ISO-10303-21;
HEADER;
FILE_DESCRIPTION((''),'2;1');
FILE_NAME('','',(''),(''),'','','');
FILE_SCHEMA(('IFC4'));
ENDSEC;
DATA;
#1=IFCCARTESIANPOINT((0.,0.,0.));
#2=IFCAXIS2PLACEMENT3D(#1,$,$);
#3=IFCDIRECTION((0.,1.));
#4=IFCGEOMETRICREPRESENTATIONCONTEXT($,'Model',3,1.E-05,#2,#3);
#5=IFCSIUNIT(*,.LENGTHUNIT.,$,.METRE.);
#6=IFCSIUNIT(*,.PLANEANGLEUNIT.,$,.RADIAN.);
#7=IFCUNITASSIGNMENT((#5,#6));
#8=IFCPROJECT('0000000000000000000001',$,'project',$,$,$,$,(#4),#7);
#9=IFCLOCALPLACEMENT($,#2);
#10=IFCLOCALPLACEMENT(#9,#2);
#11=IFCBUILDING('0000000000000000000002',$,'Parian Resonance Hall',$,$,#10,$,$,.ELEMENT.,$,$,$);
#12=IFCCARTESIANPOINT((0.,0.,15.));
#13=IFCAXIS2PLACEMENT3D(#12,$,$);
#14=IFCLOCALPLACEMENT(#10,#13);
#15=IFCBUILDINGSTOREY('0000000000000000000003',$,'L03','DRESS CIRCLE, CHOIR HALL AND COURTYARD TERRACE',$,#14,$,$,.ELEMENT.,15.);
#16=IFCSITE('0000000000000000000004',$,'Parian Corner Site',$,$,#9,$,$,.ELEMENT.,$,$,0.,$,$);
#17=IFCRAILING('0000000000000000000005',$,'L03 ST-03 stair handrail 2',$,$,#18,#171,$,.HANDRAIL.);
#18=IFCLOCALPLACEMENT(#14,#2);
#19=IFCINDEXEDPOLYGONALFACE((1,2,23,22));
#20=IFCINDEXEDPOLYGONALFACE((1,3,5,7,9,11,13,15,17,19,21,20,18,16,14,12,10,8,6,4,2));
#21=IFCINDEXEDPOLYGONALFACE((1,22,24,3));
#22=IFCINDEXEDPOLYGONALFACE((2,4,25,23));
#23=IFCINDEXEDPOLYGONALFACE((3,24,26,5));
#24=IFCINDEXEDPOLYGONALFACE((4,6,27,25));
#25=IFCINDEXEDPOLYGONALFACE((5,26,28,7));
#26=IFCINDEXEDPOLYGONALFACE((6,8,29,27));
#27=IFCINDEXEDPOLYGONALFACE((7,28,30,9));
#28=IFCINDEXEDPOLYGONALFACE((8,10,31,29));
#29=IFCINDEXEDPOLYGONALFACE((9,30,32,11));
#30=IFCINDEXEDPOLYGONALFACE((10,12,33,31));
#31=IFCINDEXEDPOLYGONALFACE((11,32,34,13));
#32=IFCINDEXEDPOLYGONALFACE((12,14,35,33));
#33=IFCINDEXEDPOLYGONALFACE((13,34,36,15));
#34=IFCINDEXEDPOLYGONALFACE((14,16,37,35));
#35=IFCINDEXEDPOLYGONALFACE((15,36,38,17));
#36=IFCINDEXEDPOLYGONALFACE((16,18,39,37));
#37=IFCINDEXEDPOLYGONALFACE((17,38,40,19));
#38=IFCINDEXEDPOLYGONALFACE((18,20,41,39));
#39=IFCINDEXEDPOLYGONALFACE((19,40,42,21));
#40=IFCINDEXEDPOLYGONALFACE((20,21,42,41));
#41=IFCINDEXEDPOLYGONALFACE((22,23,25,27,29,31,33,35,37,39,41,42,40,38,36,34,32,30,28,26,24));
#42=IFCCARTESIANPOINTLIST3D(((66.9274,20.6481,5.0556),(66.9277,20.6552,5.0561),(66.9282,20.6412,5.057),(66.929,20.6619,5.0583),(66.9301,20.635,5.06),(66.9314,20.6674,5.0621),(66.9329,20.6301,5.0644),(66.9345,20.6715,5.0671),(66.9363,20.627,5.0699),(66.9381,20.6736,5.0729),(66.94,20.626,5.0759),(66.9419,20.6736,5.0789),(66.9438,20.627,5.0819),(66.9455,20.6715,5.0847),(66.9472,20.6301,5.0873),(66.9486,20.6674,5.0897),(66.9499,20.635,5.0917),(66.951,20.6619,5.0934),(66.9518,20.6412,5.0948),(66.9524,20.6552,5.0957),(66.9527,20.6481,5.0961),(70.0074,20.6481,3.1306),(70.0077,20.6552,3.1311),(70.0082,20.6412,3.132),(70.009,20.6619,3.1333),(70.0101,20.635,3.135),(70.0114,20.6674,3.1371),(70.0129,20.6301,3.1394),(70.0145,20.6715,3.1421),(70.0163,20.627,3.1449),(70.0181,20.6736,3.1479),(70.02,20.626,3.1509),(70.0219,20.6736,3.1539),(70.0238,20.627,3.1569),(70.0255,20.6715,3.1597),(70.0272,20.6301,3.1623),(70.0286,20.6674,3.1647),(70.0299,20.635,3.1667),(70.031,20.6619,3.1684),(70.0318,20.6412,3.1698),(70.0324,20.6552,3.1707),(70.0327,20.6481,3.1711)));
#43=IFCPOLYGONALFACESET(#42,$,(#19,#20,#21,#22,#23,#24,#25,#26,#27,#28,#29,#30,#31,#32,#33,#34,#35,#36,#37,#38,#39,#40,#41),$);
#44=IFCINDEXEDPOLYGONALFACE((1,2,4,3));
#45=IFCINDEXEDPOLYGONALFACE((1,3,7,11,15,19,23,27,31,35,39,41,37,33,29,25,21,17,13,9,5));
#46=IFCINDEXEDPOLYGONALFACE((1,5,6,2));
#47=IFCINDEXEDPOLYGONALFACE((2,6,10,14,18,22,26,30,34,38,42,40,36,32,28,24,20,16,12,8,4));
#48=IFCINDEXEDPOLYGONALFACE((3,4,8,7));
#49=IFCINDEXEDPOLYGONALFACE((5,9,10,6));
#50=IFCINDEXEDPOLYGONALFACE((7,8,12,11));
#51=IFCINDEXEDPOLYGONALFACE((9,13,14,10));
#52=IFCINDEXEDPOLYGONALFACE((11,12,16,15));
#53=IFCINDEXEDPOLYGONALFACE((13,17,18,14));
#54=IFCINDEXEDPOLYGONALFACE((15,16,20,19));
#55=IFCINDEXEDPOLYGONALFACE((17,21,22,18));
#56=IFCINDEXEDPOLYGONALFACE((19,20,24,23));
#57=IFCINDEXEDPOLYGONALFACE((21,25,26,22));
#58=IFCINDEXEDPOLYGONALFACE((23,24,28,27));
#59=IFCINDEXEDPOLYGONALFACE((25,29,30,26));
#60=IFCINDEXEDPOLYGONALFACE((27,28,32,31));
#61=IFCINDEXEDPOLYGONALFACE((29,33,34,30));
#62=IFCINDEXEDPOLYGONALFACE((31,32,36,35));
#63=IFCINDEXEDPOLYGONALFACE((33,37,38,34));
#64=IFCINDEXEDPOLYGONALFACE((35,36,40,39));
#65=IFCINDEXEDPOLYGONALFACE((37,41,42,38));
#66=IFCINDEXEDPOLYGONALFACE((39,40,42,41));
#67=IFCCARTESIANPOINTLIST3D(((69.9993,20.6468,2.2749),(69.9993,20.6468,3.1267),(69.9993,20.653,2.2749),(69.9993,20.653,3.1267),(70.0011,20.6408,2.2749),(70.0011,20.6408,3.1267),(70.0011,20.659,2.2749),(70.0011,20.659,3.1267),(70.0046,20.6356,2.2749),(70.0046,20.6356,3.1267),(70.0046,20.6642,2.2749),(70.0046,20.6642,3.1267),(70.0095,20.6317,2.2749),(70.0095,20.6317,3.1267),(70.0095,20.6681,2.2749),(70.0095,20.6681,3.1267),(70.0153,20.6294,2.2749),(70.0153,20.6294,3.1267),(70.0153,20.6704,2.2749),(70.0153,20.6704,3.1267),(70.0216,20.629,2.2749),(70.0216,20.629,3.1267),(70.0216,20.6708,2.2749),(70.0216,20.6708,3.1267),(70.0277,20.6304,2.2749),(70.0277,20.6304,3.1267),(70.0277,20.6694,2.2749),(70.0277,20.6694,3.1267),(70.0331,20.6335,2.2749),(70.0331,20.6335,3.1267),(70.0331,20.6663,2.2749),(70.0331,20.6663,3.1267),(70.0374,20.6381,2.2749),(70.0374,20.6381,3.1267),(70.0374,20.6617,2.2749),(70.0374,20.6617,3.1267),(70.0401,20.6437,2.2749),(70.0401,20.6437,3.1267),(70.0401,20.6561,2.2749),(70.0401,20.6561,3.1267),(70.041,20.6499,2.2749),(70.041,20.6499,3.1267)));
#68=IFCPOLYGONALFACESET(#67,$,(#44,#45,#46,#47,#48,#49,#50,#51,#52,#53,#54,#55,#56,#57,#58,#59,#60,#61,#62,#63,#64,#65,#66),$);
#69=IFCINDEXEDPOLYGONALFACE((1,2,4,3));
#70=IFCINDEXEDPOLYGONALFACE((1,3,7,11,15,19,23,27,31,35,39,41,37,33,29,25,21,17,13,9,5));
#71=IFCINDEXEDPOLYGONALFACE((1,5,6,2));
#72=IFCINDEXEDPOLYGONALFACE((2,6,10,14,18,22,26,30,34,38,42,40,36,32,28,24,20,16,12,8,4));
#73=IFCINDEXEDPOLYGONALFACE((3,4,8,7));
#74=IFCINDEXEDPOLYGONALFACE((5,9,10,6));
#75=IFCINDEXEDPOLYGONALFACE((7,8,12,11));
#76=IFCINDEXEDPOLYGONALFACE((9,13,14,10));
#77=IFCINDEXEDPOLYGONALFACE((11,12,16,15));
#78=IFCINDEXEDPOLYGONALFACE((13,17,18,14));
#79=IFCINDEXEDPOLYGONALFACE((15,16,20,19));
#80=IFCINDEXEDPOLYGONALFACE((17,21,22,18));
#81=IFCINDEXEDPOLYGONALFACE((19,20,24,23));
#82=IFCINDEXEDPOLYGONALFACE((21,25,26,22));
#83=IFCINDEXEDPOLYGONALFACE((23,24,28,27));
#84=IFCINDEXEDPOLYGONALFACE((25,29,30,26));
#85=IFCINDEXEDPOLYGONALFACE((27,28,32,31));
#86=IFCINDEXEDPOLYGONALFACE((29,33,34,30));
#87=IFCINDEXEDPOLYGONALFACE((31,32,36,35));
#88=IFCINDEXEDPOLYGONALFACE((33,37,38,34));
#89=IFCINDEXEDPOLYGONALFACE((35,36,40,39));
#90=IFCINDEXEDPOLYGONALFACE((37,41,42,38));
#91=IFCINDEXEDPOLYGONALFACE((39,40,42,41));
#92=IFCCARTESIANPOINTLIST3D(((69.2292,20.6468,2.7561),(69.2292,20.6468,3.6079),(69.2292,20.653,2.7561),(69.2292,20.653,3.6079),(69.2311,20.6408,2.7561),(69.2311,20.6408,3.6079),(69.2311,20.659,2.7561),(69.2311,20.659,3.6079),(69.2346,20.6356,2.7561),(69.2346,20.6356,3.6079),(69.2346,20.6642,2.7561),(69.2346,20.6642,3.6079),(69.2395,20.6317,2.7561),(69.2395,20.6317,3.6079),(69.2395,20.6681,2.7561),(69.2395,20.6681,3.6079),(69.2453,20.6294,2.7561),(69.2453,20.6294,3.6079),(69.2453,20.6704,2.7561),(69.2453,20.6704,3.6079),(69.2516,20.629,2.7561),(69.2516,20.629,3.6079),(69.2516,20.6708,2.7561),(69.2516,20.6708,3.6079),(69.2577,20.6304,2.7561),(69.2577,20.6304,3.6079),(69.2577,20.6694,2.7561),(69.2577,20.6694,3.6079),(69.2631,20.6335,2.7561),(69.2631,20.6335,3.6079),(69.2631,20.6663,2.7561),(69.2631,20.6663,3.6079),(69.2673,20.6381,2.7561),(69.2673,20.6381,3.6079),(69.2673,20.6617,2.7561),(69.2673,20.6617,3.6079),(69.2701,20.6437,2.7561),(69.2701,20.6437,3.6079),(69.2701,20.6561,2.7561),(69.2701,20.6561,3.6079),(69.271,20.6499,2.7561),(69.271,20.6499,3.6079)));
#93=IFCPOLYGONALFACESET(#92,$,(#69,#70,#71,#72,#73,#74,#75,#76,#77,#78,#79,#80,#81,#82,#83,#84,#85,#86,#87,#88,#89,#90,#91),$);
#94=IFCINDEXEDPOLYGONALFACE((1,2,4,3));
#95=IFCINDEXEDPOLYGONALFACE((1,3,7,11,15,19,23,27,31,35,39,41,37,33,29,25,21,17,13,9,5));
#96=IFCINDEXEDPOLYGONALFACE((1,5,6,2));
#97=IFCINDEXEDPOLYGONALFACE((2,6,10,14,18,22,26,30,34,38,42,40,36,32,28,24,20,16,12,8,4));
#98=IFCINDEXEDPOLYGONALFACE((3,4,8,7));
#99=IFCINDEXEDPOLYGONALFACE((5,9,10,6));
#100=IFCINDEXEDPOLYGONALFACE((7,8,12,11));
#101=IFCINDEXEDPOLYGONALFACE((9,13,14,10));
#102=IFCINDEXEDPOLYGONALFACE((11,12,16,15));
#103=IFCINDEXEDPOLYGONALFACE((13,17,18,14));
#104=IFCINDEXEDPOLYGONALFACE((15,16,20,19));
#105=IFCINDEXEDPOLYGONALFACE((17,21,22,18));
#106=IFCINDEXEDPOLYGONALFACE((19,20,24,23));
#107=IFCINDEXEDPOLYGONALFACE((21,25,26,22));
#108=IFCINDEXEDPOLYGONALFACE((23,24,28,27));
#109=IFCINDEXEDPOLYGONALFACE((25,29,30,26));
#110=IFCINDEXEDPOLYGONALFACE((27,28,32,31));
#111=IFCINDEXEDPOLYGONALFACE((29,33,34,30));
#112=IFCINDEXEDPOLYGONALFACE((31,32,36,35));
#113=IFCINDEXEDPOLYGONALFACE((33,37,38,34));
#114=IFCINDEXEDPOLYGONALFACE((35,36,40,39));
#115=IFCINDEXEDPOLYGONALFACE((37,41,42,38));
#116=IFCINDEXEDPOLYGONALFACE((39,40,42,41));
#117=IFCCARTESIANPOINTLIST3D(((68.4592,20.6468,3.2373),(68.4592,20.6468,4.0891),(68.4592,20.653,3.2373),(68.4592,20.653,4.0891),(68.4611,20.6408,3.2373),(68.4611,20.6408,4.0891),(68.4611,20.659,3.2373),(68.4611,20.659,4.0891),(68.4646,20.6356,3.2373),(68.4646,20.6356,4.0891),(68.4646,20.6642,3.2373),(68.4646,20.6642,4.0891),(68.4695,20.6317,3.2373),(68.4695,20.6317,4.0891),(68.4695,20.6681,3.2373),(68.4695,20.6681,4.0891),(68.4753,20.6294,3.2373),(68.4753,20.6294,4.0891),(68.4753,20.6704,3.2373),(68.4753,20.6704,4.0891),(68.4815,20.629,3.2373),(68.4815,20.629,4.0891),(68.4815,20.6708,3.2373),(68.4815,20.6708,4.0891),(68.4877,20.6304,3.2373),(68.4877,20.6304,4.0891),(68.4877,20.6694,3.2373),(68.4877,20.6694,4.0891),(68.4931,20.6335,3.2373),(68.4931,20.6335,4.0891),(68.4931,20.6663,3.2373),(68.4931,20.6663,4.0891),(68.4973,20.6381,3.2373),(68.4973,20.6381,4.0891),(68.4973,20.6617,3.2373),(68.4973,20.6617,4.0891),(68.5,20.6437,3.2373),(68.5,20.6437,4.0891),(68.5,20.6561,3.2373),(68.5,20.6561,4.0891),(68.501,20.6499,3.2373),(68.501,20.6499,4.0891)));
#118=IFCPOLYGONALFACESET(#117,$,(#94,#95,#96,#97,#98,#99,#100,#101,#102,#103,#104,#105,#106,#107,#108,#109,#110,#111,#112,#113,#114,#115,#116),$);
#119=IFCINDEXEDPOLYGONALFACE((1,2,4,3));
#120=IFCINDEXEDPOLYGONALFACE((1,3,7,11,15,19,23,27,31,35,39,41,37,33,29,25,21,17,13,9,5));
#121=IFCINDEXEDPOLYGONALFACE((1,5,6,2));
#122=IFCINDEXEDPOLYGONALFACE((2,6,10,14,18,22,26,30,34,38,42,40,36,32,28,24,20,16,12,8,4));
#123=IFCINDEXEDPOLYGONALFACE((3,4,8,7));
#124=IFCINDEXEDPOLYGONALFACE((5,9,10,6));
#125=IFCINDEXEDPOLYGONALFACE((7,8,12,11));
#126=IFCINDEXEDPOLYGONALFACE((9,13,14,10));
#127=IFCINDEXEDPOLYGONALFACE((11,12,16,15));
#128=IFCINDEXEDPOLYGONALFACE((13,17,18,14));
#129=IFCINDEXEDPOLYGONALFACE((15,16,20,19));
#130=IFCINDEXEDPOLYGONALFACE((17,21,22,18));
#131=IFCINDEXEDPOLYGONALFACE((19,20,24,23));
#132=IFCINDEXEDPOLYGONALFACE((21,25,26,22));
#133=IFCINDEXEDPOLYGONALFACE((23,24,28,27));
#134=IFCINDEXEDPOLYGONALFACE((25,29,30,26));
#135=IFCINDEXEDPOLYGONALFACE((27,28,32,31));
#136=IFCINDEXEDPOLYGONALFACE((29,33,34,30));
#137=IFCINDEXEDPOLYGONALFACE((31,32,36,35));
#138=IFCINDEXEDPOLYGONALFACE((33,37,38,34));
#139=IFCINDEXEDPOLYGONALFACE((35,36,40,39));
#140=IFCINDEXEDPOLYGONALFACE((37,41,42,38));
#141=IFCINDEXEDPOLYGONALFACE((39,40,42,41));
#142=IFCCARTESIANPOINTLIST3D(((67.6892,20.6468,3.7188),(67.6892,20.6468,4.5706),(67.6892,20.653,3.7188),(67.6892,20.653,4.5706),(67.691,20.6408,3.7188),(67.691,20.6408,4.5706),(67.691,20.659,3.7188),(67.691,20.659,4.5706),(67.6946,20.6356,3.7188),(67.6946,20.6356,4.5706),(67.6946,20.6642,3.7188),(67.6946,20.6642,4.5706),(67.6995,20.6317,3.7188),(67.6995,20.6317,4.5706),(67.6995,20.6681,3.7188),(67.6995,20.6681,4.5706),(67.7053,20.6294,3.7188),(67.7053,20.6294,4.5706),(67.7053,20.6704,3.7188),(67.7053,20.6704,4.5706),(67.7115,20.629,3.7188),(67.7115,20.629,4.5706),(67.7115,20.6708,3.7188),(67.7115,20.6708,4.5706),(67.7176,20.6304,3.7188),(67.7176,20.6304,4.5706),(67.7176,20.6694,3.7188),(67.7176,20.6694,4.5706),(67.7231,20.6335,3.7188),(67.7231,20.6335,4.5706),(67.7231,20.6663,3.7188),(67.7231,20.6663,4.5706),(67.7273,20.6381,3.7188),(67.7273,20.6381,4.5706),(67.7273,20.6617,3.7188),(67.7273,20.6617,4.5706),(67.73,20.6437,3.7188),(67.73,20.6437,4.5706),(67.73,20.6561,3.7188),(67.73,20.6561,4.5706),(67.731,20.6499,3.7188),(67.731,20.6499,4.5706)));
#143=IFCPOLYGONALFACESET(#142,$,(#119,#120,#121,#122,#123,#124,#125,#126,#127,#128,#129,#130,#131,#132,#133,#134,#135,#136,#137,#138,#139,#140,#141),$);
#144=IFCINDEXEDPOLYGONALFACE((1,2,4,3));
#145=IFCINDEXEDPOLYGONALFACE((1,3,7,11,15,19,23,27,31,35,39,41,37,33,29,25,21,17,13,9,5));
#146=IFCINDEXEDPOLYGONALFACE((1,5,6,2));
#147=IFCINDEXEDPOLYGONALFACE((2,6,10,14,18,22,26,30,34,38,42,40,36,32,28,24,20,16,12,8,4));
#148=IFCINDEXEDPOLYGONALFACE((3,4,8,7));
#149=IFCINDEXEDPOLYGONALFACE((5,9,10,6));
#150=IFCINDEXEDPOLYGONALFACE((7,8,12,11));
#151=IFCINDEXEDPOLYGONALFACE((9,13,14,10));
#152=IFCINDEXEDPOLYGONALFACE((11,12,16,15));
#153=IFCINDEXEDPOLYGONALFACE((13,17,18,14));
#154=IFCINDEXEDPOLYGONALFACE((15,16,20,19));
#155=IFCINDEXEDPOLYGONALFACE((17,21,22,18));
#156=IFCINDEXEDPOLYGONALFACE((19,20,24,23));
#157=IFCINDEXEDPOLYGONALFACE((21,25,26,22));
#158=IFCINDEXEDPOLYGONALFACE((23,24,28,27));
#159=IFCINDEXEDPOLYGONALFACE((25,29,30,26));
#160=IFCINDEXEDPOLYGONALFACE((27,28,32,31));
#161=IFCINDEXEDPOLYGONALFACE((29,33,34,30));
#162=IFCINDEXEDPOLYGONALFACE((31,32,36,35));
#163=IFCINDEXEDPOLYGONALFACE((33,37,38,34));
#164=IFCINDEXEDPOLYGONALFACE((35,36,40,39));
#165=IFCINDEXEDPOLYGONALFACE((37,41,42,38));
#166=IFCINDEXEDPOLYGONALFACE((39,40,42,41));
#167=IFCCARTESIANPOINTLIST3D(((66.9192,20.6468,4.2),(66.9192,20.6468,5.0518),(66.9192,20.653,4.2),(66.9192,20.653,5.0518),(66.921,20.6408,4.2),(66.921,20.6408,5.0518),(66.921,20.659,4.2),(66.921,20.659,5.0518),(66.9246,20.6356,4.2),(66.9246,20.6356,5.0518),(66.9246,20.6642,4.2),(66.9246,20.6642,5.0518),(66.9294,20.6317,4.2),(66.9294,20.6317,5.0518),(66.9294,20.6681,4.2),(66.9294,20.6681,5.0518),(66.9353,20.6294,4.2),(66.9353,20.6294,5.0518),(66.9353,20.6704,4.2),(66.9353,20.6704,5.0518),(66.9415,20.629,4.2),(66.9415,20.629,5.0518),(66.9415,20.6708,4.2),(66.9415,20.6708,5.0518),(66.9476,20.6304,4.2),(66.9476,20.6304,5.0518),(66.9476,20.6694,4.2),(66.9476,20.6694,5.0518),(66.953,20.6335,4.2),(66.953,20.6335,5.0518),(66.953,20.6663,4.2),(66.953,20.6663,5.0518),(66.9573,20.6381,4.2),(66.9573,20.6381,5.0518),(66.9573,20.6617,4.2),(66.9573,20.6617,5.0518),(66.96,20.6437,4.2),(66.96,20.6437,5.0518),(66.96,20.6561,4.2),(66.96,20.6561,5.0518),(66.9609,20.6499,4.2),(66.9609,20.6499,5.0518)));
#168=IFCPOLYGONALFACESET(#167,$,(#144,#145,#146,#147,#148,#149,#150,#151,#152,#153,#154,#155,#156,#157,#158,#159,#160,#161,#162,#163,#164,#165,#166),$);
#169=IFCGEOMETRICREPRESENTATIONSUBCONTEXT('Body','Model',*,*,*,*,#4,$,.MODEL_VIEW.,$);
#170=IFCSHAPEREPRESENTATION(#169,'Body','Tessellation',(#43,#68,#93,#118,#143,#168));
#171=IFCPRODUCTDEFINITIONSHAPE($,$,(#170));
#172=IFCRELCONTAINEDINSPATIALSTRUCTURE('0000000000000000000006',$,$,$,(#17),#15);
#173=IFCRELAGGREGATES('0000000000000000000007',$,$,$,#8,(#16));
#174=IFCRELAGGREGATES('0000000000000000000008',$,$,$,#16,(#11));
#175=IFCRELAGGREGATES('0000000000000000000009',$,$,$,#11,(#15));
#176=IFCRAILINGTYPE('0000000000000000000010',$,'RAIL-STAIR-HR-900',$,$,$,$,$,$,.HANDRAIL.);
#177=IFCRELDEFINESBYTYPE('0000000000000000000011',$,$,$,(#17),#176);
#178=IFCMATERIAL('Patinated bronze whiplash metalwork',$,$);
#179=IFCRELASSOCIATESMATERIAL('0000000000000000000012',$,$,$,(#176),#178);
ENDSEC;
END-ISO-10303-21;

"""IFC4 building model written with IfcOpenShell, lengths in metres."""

from ifc_helpers import new_model, si_unit, direction, frame, origin, origin_2d, place, context, subcontext, project, spatial, circle, extrude, material, type_object, element, save


model = new_model("IFC4")

# Units and contexts
model_context = context("Model", 3, precision=1e-05, world=origin(), true_north=direction((0.0, 1.0)))
body_context = subcontext(model_context, "Body", "Model", "MODEL_VIEW")
ifc_project = project(units=[si_unit("LENGTHUNIT", "METRE"), si_unit("PLANEANGLEUNIT", "RADIAN")], contexts=[model_context])

# Site, building, storey
site_placement = place(None, origin())
site = spatial("IfcSite", under=ifc_project, at=site_placement, Name="Parian Corner Site", CompositionType="ELEMENT", RefElevation=0.0)
building_placement = place(site_placement, origin())
building = spatial("IfcBuilding", under=site, at=building_placement, Name="Parian Resonance Hall", CompositionType="ELEMENT")
storey_placement = place(building_placement, frame((0.0, 0.0, 15.0)))
storey = spatial("IfcBuildingStorey", under=building, at=storey_placement, Name="L03", Description="DRESS CIRCLE, CHOIR HALL AND COURTYARD TERRACE", CompositionType="ELEMENT", Elevation=15.0)

# Railing
ifc_material_1 = material(Name="Patinated bronze whiplash metalwork")
railing_type_1 = type_object("IfcRailingType", Name="RAIL-STAIR-HR-900", PredefinedType="HANDRAIL", material=ifc_material_1)
railing_1_placement = place(storey_placement, frame((70.02, 20.6499, 2.2749)))
element("IfcRailing", 1, at=railing_1_placement, inside=storey, type_object=railing_type_1, Name="L03 ST-03 stair handrail 2", PredefinedType="HANDRAIL", context=body_context, shape_type="SweptSolid", body=[
    extrude(circle(Radius=0.0239, at=origin_2d()), frame((0.0, 0.0, 0.876), z_axis=(-0.847998, 0.0, 0.529999), x_axis=(0.0, -1.0, 0.0)), (0.0, 0.0, 1.0), 3.6321),
    extrude(circle(Radius=0.021, at=origin_2d()), origin(), (0.0, 0.0, 1.0), 0.8518),
    extrude(circle(Radius=0.021, at=origin_2d()), frame((-0.77, 0.0, 0.4812)), (0.0, 0.0, 1.0), 0.8518),
    extrude(circle(Radius=0.021, at=origin_2d()), frame((-1.54, 0.0, 0.9624)), (0.0, 0.0, 1.0), 0.8518),
    extrude(circle(Radius=0.021, at=origin_2d()), frame((-2.3101, 0.0, 1.4438)), (0.0, 0.0, 1.0), 0.8518),
    extrude(circle(Radius=0.021, at=origin_2d()), frame((-3.0801, 0.0, 1.925)), (0.0, 0.0, 1.0), 0.8518),
])

save(model, "model.ifc")
